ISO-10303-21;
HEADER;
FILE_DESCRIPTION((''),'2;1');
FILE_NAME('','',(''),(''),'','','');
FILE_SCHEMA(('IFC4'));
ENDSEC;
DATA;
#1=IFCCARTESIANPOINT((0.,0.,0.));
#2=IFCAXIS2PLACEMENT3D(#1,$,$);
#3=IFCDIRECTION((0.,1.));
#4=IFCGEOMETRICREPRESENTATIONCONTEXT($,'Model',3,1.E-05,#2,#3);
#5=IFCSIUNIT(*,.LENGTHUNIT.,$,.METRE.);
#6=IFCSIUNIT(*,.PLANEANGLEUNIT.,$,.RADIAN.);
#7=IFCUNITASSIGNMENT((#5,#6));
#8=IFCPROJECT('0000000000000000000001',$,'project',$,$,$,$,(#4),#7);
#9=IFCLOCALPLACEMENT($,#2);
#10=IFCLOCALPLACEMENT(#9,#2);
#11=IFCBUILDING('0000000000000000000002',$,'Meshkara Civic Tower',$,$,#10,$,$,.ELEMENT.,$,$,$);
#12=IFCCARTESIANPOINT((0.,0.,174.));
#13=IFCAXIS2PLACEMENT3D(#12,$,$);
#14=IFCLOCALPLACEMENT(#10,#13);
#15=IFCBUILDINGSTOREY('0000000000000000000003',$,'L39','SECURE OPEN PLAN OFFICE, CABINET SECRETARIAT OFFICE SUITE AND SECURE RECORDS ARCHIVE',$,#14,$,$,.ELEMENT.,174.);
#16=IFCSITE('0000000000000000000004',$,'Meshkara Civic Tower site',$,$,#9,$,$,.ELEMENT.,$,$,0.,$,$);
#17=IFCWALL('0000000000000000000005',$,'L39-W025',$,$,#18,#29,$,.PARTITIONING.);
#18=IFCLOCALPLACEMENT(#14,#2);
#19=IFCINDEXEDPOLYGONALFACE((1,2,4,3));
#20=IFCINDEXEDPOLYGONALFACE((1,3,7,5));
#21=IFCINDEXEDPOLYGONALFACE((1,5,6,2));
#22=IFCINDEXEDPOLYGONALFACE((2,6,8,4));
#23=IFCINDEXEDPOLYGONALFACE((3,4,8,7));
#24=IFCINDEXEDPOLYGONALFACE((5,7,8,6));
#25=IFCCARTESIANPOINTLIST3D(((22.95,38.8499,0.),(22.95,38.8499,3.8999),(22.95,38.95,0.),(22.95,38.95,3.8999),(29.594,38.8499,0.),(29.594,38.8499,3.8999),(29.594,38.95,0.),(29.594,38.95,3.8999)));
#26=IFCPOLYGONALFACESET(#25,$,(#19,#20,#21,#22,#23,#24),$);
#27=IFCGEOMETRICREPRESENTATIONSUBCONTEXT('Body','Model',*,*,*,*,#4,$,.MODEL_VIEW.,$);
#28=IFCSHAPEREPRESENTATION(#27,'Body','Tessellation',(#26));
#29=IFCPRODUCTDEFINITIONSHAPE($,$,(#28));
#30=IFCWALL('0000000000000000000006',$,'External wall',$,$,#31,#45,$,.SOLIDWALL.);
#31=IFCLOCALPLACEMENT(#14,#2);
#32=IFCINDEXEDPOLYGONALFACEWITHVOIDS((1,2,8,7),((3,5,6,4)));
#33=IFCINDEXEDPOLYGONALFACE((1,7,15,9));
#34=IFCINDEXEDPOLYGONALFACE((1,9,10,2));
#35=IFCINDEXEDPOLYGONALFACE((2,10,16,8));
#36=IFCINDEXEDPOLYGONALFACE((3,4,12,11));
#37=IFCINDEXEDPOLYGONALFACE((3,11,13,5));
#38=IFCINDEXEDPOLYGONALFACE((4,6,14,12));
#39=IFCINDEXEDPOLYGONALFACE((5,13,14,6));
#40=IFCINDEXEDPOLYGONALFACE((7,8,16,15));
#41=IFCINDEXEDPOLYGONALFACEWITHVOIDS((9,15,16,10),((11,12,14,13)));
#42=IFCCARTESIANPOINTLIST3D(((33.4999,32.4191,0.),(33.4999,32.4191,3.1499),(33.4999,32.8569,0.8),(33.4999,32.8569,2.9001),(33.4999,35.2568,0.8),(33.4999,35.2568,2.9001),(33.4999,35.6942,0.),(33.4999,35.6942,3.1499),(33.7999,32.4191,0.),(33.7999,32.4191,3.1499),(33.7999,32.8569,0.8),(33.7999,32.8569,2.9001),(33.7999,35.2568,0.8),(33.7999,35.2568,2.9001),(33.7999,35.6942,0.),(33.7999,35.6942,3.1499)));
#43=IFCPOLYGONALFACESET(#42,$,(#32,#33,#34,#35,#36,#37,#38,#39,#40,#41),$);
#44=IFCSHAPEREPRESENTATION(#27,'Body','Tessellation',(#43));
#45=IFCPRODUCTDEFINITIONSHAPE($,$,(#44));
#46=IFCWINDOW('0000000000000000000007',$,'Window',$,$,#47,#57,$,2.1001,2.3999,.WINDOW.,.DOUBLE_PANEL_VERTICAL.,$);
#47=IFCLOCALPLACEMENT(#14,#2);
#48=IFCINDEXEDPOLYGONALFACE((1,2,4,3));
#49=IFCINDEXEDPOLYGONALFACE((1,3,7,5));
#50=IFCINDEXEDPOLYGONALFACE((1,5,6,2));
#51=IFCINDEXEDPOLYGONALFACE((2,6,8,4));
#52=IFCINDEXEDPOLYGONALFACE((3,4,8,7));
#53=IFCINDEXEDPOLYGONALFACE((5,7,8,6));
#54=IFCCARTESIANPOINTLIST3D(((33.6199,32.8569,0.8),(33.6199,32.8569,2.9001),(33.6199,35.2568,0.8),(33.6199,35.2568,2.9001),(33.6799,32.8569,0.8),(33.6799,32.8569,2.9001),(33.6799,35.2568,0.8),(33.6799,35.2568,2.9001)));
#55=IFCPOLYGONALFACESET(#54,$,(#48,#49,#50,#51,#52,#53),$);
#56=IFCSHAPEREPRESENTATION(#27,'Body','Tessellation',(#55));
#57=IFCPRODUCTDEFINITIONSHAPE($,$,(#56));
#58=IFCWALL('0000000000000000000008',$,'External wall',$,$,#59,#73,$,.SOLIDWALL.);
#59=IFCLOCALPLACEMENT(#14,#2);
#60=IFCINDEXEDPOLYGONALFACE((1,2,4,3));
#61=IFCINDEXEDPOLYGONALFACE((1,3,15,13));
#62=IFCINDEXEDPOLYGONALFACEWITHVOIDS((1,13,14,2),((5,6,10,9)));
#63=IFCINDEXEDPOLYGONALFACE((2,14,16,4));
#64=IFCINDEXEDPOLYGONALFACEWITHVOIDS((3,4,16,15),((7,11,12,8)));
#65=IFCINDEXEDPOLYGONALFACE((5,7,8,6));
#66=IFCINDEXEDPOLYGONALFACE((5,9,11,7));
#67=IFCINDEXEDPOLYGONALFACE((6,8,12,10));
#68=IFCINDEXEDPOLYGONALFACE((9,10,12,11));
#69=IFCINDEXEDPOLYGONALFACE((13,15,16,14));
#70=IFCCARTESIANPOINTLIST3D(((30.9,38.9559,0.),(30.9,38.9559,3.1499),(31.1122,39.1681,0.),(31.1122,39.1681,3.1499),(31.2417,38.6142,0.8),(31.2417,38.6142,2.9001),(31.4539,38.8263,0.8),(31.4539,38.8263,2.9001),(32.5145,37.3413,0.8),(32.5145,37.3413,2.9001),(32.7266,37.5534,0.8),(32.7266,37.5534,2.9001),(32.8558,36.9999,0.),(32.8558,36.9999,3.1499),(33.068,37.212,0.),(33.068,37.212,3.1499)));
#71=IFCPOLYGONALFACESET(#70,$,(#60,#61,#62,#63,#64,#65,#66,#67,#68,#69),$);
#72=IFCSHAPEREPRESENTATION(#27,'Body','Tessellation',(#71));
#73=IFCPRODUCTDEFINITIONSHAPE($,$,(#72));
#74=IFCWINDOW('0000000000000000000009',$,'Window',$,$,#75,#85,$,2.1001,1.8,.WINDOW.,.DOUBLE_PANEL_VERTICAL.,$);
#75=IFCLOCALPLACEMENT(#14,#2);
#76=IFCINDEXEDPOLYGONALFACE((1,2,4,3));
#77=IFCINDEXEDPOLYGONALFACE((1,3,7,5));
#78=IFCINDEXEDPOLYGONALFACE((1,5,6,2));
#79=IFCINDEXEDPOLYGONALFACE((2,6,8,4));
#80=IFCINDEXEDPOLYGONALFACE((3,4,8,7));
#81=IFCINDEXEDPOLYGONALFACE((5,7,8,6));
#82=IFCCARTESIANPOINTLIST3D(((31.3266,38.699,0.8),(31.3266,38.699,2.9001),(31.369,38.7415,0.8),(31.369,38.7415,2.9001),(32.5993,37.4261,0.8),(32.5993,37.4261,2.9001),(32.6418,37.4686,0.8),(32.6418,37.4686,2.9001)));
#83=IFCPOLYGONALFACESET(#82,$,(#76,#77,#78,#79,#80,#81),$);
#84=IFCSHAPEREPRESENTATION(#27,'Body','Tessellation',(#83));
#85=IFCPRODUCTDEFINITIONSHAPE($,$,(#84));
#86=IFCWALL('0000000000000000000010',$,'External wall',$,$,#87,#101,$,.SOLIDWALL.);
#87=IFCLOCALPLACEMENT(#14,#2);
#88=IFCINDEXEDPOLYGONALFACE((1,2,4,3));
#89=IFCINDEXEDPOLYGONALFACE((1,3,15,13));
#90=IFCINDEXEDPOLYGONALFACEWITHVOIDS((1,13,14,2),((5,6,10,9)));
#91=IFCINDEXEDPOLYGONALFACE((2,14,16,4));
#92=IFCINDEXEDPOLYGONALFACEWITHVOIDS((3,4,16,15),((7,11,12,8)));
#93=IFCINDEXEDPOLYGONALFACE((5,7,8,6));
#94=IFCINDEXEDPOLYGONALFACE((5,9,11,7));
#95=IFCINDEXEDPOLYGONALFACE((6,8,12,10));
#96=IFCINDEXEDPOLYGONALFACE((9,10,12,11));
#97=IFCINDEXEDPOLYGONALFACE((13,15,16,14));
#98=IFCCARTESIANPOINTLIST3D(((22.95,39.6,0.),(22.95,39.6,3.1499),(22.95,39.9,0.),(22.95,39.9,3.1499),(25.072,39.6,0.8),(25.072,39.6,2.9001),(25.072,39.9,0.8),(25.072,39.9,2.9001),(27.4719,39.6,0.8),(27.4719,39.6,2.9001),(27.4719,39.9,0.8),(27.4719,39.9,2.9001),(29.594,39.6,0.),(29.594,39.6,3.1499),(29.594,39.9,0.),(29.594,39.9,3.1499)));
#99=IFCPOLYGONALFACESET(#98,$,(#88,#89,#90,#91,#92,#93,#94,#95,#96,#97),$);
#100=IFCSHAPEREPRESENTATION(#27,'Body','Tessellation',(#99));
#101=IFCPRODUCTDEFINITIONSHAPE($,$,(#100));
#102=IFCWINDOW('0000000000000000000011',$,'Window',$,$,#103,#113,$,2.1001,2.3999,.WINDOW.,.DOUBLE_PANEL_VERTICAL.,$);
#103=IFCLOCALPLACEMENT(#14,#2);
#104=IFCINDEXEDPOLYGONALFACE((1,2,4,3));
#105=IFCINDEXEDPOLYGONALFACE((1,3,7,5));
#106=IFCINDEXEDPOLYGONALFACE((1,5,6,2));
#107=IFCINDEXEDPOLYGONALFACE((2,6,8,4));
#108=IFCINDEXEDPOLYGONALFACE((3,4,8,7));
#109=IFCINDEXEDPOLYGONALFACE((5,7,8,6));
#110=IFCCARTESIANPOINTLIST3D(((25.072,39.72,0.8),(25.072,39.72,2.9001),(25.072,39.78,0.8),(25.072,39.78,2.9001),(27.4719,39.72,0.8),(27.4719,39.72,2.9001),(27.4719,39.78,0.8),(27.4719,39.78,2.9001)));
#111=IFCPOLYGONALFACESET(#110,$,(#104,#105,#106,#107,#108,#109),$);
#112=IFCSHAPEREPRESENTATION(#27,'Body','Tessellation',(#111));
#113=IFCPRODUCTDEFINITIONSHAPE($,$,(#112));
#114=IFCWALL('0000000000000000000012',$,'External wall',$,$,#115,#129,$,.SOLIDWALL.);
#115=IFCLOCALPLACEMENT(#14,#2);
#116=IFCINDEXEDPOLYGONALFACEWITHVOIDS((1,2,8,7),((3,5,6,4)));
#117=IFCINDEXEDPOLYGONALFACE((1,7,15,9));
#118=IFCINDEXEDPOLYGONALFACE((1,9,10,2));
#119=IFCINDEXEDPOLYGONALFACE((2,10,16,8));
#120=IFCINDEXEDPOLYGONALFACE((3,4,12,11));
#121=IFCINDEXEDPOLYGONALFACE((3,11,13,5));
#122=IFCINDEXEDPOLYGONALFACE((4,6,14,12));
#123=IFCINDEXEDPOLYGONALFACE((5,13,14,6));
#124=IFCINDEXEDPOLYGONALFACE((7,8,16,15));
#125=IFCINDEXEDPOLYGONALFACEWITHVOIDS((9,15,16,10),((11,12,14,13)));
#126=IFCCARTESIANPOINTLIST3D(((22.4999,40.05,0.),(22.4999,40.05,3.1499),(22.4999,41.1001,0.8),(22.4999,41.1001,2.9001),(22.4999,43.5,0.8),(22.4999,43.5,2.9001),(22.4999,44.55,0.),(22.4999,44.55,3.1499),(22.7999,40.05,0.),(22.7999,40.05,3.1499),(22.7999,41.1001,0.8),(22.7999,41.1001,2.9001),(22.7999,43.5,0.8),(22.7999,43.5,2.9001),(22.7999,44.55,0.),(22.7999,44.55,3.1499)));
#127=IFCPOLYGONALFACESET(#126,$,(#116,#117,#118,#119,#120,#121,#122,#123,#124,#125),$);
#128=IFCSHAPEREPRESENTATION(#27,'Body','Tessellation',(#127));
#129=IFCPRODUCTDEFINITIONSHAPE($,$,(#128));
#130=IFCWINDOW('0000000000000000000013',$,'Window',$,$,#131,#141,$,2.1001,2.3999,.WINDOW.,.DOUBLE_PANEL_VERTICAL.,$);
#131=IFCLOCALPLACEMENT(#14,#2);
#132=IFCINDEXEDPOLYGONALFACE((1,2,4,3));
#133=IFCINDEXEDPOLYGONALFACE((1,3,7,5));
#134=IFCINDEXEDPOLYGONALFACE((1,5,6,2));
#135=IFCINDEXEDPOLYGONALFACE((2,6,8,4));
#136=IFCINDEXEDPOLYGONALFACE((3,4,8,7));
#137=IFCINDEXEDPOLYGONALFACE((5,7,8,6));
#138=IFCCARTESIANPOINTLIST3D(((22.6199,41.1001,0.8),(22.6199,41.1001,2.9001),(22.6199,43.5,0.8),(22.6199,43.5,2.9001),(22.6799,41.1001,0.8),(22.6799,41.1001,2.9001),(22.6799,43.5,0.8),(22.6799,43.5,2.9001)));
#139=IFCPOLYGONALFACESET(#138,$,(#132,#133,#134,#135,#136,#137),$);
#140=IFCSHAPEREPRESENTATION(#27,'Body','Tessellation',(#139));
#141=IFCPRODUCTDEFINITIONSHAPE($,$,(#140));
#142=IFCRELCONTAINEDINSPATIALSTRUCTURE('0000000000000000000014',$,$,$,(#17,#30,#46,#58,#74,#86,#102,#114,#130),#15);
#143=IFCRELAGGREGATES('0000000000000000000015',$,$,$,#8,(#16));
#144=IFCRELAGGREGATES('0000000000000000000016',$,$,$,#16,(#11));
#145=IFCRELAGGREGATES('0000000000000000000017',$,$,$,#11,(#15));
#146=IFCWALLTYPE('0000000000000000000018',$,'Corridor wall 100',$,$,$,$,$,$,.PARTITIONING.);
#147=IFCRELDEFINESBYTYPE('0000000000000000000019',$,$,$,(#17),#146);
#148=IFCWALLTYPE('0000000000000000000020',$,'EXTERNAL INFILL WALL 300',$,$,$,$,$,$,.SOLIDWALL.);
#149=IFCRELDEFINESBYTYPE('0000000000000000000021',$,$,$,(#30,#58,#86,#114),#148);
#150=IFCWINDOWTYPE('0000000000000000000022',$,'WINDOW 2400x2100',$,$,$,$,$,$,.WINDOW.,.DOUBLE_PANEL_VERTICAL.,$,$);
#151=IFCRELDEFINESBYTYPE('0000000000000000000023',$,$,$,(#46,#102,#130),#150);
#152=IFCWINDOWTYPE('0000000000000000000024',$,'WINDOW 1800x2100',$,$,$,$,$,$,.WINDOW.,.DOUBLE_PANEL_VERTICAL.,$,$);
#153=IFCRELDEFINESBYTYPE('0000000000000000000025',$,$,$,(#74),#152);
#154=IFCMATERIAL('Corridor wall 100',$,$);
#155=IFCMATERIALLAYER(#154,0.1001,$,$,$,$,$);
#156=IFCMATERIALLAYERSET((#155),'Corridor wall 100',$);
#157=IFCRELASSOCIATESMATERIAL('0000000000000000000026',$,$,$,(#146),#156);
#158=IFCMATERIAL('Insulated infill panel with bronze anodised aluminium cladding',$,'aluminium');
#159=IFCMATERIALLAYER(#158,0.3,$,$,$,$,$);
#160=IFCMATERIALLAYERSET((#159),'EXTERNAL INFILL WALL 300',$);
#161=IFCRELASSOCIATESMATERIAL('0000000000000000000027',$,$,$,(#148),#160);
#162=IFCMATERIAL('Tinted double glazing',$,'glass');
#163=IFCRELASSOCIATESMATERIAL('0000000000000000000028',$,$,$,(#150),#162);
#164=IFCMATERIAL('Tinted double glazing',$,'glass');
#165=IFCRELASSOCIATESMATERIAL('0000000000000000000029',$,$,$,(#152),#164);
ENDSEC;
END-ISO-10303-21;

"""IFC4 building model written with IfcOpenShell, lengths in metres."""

from ifc_helpers import new_model, si_unit, direction, frame, frame_2d, origin, place, context, subcontext, project, spatial, rectangle, extrude, material, layer, layer_set, type_object, element, fill, save


model = new_model("IFC4")

# Units and contexts
model_context = context("Model", 3, precision=1e-05, world=origin(), true_north=direction((0.0, 1.0)))
body_context = subcontext(model_context, "Body", "Model", "MODEL_VIEW")
ifc_project = project(units=[si_unit("LENGTHUNIT", "METRE"), si_unit("PLANEANGLEUNIT", "RADIAN")], contexts=[model_context])

# Site, building, storey
site_placement = place(None, origin())
site = spatial("IfcSite", under=ifc_project, at=site_placement, Name="Meshkara Civic Tower site", CompositionType="ELEMENT", RefElevation=0.0)
building_placement = place(site_placement, origin())
building = spatial("IfcBuilding", under=site, at=building_placement, Name="Meshkara Civic Tower", CompositionType="ELEMENT")
storey_placement = place(building_placement, frame((0.0, 0.0, 174.0)))
storey = spatial("IfcBuildingStorey", under=building, at=storey_placement, Name="L39", Description="SECURE OPEN PLAN OFFICE, CABINET SECRETARIAT OFFICE SUITE AND SECURE RECORDS ARCHIVE", CompositionType="ELEMENT", Elevation=174.0)

# Wall
ifc_material_1 = material(Name="Corridor wall 100")
ifc_layer_1 = layer(ifc_material_1, 0.1001)
ifc_layer_set_1 = layer_set([ifc_layer_1], Name="Corridor wall 100")
wall_type_1 = type_object("IfcWallType", Name="Corridor wall 100", PredefinedType="PARTITIONING", material=ifc_layer_set_1)
wall_1_placement = place(storey_placement, frame((29.594, 38.8999, 0.0), z_axis=(0.0, 0.0, 1.0), x_axis=(-1.0, 0.0, 0.0)))
element("IfcWall", 1, at=wall_1_placement, inside=storey, type_object=wall_type_1, Name="L39-W025", PredefinedType="PARTITIONING", context=body_context, shape_type="SweptSolid", body=[
    extrude(rectangle(XDim=6.644, YDim=0.1001, at=frame_2d((3.322, 0.0))), origin(), (0.0, 0.0, 1.0), 3.8999),
])

# Walls, openings, windows
ifc_material_2 = material(Name="Insulated infill panel with bronze anodised aluminium cladding", Category="aluminium")
ifc_layer_2 = layer(ifc_material_2, 0.3)
ifc_layer_set_2 = layer_set([ifc_layer_2], Name="EXTERNAL INFILL WALL 300")
wall_type_2 = type_object("IfcWallType", Name="EXTERNAL INFILL WALL 300", PredefinedType="SOLIDWALL", material=ifc_layer_set_2)
wall_2_placement = place(storey_placement, frame((33.6499, 32.4189, 0.0), z_axis=(0.0, 0.0, 1.0), x_axis=(0.0, 1.0, 0.0)))
wall_2 = element("IfcWall", 2, at=wall_2_placement, inside=storey, type_object=wall_type_2, Name="External wall", PredefinedType="SOLIDWALL", context=body_context, shape_type="SweptSolid", body=[
    extrude(rectangle(XDim=3.2751, YDim=0.3, at=frame_2d((1.6377, 0.0))), origin(), (0.0, 0.0, 1.0), 3.1499),
])
opening_1_placement = place(wall_2_placement, frame((0.438, 0.0, 0.8)))
opening_1 = element("IfcOpeningElement", 3, at=opening_1_placement, cuts=wall_2, PredefinedType="OPENING", context=body_context, shape_type="SweptSolid", body=[
    extrude(rectangle(XDim=2.3999, YDim=2.1001, at=frame_2d((1.2, 1.05))), frame((0.0, 0.1599, 0.0), z_axis=(0.0, -1.0, 0.0), x_axis=(1.0, 0.0, 0.0)), (0.0, 0.0, 1.0), 0.3201),
])
ifc_material_3 = material(Name="Tinted double glazing", Category="glass")
window_type_1 = type_object("IfcWindowType", Name="WINDOW 2400x2100", PartitioningType="DOUBLE_PANEL_VERTICAL", PredefinedType="WINDOW", material=ifc_material_3)
window_1_placement = place(opening_1_placement, origin())
window_1 = element("IfcWindow", 4, at=window_1_placement, inside=storey, type_object=window_type_1, Name="Window", OverallHeight=2.1001, OverallWidth=2.3999, PartitioningType="DOUBLE_PANEL_VERTICAL", PredefinedType="WINDOW", context=body_context, shape_type="SweptSolid", body=[
    extrude(rectangle(XDim=2.3999, YDim=2.1001, at=frame_2d((1.2, 1.05))), frame((0.0, 0.03, 0.0), z_axis=(0.0, -1.0, 0.0), x_axis=(1.0, 0.0, 0.0)), (0.0, 0.0, 1.0), 0.0601),
])
fill(opening_1, window_1)
wall_3_placement = place(storey_placement, frame((32.9619, 37.106, 0.0), z_axis=(0.0, 0.0, 1.0), x_axis=(-0.707063, 0.707151, 0.0)))
wall_3 = element("IfcWall", 5, at=wall_3_placement, inside=storey, type_object=wall_type_2, Name="External wall", PredefinedType="SOLIDWALL", context=body_context, shape_type="SweptSolid", body=[
    extrude(rectangle(XDim=2.7661, YDim=0.3, at=frame_2d((1.3831, 0.0))), origin(), (0.0, 0.0, 1.0), 3.1499),
])
opening_2_placement = place(wall_3_placement, frame((0.4829, 0.0, 0.8)))
opening_2 = element("IfcOpeningElement", 6, at=opening_2_placement, cuts=wall_3, PredefinedType="OPENING", context=body_context, shape_type="SweptSolid", body=[
    extrude(rectangle(XDim=1.8, YDim=2.1001, at=frame_2d((0.8999, 1.05))), frame((0.0, 0.1599, 0.0), z_axis=(0.0, -1.0, 0.0), x_axis=(1.0, 0.0, 0.0)), (0.0, 0.0, 1.0), 0.3201),
])
ifc_material_4 = material(Name="Tinted double glazing", Category="glass")
window_type_2 = type_object("IfcWindowType", Name="WINDOW 1800x2100", PartitioningType="DOUBLE_PANEL_VERTICAL", PredefinedType="WINDOW", material=ifc_material_4)
window_2_placement = place(opening_2_placement, origin())
window_2 = element("IfcWindow", 7, at=window_2_placement, inside=storey, type_object=window_type_2, Name="Window", OverallHeight=2.1001, OverallWidth=1.8, PartitioningType="DOUBLE_PANEL_VERTICAL", PredefinedType="WINDOW", context=body_context, shape_type="SweptSolid", body=[
    extrude(rectangle(XDim=1.8, YDim=2.1001, at=frame_2d((0.8999, 1.05))), frame((0.0, 0.03, 0.0), z_axis=(0.0, -1.0, 0.0), x_axis=(1.0, 0.0, 0.0)), (0.0, 0.0, 1.0), 0.0601),
])
fill(opening_2, window_2)
wall_4_placement = place(storey_placement, frame((29.594, 39.75, 0.0), z_axis=(0.0, 0.0, 1.0), x_axis=(-1.0, 0.0, 0.0)))
wall_4 = element("IfcWall", 8, at=wall_4_placement, inside=storey, type_object=wall_type_2, Name="External wall", PredefinedType="SOLIDWALL", context=body_context, shape_type="SweptSolid", body=[
    extrude(rectangle(XDim=6.644, YDim=0.3, at=frame_2d((3.322, 0.0))), origin(), (0.0, 0.0, 1.0), 3.1499),
])
opening_3_placement = place(wall_4_placement, frame((2.1221, 0.0, 0.8)))
opening_3 = element("IfcOpeningElement", 9, at=opening_3_placement, cuts=wall_4, PredefinedType="OPENING", context=body_context, shape_type="SweptSolid", body=[
    extrude(rectangle(XDim=2.3999, YDim=2.1001, at=frame_2d((1.2, 1.05))), frame((0.0, 0.1599, 0.0), z_axis=(0.0, -1.0, 0.0), x_axis=(1.0, 0.0, 0.0)), (0.0, 0.0, 1.0), 0.3201),
])
window_3_placement = place(opening_3_placement, origin())
window_3 = element("IfcWindow", 10, at=window_3_placement, inside=storey, type_object=window_type_1, Name="Window", OverallHeight=2.1001, OverallWidth=2.3999, PartitioningType="DOUBLE_PANEL_VERTICAL", PredefinedType="WINDOW", context=body_context, shape_type="SweptSolid", body=[
    extrude(rectangle(XDim=2.3999, YDim=2.1001, at=frame_2d((1.2, 1.05))), frame((0.0, 0.03, 0.0), z_axis=(0.0, -1.0, 0.0), x_axis=(1.0, 0.0, 0.0)), (0.0, 0.0, 1.0), 0.0601),
])
fill(opening_3, window_3)
wall_5_placement = place(storey_placement, frame((22.6499, 40.05, 0.0), z_axis=(0.0, 0.0, 1.0), x_axis=(0.0, 1.0, 0.0)))
wall_5 = element("IfcWall", 11, at=wall_5_placement, inside=storey, type_object=wall_type_2, Name="External wall", PredefinedType="SOLIDWALL", context=body_context, shape_type="SweptSolid", body=[
    extrude(rectangle(XDim=4.5, YDim=0.3, at=frame_2d((2.25, 0.0))), origin(), (0.0, 0.0, 1.0), 3.1499),
])
opening_4_placement = place(wall_5_placement, frame((1.05, 0.0, 0.8)))
opening_4 = element("IfcOpeningElement", 12, at=opening_4_placement, cuts=wall_5, PredefinedType="OPENING", context=body_context, shape_type="SweptSolid", body=[
    extrude(rectangle(XDim=2.3999, YDim=2.1001, at=frame_2d((1.2, 1.05))), frame((0.0, 0.1599, 0.0), z_axis=(0.0, -1.0, 0.0), x_axis=(1.0, 0.0, 0.0)), (0.0, 0.0, 1.0), 0.3201),
])
window_4_placement = place(opening_4_placement, origin())
window_4 = element("IfcWindow", 13, at=window_4_placement, inside=storey, type_object=window_type_1, Name="Window", OverallHeight=2.1001, OverallWidth=2.3999, PartitioningType="DOUBLE_PANEL_VERTICAL", PredefinedType="WINDOW", context=body_context, shape_type="SweptSolid", body=[
    extrude(rectangle(XDim=2.3999, YDim=2.1001, at=frame_2d((1.2, 1.05))), frame((0.0, 0.03, 0.0), z_axis=(0.0, -1.0, 0.0), x_axis=(1.0, 0.0, 0.0)), (0.0, 0.0, 1.0), 0.0601),
])
fill(opening_4, window_4)

save(model, "model.ifc")
